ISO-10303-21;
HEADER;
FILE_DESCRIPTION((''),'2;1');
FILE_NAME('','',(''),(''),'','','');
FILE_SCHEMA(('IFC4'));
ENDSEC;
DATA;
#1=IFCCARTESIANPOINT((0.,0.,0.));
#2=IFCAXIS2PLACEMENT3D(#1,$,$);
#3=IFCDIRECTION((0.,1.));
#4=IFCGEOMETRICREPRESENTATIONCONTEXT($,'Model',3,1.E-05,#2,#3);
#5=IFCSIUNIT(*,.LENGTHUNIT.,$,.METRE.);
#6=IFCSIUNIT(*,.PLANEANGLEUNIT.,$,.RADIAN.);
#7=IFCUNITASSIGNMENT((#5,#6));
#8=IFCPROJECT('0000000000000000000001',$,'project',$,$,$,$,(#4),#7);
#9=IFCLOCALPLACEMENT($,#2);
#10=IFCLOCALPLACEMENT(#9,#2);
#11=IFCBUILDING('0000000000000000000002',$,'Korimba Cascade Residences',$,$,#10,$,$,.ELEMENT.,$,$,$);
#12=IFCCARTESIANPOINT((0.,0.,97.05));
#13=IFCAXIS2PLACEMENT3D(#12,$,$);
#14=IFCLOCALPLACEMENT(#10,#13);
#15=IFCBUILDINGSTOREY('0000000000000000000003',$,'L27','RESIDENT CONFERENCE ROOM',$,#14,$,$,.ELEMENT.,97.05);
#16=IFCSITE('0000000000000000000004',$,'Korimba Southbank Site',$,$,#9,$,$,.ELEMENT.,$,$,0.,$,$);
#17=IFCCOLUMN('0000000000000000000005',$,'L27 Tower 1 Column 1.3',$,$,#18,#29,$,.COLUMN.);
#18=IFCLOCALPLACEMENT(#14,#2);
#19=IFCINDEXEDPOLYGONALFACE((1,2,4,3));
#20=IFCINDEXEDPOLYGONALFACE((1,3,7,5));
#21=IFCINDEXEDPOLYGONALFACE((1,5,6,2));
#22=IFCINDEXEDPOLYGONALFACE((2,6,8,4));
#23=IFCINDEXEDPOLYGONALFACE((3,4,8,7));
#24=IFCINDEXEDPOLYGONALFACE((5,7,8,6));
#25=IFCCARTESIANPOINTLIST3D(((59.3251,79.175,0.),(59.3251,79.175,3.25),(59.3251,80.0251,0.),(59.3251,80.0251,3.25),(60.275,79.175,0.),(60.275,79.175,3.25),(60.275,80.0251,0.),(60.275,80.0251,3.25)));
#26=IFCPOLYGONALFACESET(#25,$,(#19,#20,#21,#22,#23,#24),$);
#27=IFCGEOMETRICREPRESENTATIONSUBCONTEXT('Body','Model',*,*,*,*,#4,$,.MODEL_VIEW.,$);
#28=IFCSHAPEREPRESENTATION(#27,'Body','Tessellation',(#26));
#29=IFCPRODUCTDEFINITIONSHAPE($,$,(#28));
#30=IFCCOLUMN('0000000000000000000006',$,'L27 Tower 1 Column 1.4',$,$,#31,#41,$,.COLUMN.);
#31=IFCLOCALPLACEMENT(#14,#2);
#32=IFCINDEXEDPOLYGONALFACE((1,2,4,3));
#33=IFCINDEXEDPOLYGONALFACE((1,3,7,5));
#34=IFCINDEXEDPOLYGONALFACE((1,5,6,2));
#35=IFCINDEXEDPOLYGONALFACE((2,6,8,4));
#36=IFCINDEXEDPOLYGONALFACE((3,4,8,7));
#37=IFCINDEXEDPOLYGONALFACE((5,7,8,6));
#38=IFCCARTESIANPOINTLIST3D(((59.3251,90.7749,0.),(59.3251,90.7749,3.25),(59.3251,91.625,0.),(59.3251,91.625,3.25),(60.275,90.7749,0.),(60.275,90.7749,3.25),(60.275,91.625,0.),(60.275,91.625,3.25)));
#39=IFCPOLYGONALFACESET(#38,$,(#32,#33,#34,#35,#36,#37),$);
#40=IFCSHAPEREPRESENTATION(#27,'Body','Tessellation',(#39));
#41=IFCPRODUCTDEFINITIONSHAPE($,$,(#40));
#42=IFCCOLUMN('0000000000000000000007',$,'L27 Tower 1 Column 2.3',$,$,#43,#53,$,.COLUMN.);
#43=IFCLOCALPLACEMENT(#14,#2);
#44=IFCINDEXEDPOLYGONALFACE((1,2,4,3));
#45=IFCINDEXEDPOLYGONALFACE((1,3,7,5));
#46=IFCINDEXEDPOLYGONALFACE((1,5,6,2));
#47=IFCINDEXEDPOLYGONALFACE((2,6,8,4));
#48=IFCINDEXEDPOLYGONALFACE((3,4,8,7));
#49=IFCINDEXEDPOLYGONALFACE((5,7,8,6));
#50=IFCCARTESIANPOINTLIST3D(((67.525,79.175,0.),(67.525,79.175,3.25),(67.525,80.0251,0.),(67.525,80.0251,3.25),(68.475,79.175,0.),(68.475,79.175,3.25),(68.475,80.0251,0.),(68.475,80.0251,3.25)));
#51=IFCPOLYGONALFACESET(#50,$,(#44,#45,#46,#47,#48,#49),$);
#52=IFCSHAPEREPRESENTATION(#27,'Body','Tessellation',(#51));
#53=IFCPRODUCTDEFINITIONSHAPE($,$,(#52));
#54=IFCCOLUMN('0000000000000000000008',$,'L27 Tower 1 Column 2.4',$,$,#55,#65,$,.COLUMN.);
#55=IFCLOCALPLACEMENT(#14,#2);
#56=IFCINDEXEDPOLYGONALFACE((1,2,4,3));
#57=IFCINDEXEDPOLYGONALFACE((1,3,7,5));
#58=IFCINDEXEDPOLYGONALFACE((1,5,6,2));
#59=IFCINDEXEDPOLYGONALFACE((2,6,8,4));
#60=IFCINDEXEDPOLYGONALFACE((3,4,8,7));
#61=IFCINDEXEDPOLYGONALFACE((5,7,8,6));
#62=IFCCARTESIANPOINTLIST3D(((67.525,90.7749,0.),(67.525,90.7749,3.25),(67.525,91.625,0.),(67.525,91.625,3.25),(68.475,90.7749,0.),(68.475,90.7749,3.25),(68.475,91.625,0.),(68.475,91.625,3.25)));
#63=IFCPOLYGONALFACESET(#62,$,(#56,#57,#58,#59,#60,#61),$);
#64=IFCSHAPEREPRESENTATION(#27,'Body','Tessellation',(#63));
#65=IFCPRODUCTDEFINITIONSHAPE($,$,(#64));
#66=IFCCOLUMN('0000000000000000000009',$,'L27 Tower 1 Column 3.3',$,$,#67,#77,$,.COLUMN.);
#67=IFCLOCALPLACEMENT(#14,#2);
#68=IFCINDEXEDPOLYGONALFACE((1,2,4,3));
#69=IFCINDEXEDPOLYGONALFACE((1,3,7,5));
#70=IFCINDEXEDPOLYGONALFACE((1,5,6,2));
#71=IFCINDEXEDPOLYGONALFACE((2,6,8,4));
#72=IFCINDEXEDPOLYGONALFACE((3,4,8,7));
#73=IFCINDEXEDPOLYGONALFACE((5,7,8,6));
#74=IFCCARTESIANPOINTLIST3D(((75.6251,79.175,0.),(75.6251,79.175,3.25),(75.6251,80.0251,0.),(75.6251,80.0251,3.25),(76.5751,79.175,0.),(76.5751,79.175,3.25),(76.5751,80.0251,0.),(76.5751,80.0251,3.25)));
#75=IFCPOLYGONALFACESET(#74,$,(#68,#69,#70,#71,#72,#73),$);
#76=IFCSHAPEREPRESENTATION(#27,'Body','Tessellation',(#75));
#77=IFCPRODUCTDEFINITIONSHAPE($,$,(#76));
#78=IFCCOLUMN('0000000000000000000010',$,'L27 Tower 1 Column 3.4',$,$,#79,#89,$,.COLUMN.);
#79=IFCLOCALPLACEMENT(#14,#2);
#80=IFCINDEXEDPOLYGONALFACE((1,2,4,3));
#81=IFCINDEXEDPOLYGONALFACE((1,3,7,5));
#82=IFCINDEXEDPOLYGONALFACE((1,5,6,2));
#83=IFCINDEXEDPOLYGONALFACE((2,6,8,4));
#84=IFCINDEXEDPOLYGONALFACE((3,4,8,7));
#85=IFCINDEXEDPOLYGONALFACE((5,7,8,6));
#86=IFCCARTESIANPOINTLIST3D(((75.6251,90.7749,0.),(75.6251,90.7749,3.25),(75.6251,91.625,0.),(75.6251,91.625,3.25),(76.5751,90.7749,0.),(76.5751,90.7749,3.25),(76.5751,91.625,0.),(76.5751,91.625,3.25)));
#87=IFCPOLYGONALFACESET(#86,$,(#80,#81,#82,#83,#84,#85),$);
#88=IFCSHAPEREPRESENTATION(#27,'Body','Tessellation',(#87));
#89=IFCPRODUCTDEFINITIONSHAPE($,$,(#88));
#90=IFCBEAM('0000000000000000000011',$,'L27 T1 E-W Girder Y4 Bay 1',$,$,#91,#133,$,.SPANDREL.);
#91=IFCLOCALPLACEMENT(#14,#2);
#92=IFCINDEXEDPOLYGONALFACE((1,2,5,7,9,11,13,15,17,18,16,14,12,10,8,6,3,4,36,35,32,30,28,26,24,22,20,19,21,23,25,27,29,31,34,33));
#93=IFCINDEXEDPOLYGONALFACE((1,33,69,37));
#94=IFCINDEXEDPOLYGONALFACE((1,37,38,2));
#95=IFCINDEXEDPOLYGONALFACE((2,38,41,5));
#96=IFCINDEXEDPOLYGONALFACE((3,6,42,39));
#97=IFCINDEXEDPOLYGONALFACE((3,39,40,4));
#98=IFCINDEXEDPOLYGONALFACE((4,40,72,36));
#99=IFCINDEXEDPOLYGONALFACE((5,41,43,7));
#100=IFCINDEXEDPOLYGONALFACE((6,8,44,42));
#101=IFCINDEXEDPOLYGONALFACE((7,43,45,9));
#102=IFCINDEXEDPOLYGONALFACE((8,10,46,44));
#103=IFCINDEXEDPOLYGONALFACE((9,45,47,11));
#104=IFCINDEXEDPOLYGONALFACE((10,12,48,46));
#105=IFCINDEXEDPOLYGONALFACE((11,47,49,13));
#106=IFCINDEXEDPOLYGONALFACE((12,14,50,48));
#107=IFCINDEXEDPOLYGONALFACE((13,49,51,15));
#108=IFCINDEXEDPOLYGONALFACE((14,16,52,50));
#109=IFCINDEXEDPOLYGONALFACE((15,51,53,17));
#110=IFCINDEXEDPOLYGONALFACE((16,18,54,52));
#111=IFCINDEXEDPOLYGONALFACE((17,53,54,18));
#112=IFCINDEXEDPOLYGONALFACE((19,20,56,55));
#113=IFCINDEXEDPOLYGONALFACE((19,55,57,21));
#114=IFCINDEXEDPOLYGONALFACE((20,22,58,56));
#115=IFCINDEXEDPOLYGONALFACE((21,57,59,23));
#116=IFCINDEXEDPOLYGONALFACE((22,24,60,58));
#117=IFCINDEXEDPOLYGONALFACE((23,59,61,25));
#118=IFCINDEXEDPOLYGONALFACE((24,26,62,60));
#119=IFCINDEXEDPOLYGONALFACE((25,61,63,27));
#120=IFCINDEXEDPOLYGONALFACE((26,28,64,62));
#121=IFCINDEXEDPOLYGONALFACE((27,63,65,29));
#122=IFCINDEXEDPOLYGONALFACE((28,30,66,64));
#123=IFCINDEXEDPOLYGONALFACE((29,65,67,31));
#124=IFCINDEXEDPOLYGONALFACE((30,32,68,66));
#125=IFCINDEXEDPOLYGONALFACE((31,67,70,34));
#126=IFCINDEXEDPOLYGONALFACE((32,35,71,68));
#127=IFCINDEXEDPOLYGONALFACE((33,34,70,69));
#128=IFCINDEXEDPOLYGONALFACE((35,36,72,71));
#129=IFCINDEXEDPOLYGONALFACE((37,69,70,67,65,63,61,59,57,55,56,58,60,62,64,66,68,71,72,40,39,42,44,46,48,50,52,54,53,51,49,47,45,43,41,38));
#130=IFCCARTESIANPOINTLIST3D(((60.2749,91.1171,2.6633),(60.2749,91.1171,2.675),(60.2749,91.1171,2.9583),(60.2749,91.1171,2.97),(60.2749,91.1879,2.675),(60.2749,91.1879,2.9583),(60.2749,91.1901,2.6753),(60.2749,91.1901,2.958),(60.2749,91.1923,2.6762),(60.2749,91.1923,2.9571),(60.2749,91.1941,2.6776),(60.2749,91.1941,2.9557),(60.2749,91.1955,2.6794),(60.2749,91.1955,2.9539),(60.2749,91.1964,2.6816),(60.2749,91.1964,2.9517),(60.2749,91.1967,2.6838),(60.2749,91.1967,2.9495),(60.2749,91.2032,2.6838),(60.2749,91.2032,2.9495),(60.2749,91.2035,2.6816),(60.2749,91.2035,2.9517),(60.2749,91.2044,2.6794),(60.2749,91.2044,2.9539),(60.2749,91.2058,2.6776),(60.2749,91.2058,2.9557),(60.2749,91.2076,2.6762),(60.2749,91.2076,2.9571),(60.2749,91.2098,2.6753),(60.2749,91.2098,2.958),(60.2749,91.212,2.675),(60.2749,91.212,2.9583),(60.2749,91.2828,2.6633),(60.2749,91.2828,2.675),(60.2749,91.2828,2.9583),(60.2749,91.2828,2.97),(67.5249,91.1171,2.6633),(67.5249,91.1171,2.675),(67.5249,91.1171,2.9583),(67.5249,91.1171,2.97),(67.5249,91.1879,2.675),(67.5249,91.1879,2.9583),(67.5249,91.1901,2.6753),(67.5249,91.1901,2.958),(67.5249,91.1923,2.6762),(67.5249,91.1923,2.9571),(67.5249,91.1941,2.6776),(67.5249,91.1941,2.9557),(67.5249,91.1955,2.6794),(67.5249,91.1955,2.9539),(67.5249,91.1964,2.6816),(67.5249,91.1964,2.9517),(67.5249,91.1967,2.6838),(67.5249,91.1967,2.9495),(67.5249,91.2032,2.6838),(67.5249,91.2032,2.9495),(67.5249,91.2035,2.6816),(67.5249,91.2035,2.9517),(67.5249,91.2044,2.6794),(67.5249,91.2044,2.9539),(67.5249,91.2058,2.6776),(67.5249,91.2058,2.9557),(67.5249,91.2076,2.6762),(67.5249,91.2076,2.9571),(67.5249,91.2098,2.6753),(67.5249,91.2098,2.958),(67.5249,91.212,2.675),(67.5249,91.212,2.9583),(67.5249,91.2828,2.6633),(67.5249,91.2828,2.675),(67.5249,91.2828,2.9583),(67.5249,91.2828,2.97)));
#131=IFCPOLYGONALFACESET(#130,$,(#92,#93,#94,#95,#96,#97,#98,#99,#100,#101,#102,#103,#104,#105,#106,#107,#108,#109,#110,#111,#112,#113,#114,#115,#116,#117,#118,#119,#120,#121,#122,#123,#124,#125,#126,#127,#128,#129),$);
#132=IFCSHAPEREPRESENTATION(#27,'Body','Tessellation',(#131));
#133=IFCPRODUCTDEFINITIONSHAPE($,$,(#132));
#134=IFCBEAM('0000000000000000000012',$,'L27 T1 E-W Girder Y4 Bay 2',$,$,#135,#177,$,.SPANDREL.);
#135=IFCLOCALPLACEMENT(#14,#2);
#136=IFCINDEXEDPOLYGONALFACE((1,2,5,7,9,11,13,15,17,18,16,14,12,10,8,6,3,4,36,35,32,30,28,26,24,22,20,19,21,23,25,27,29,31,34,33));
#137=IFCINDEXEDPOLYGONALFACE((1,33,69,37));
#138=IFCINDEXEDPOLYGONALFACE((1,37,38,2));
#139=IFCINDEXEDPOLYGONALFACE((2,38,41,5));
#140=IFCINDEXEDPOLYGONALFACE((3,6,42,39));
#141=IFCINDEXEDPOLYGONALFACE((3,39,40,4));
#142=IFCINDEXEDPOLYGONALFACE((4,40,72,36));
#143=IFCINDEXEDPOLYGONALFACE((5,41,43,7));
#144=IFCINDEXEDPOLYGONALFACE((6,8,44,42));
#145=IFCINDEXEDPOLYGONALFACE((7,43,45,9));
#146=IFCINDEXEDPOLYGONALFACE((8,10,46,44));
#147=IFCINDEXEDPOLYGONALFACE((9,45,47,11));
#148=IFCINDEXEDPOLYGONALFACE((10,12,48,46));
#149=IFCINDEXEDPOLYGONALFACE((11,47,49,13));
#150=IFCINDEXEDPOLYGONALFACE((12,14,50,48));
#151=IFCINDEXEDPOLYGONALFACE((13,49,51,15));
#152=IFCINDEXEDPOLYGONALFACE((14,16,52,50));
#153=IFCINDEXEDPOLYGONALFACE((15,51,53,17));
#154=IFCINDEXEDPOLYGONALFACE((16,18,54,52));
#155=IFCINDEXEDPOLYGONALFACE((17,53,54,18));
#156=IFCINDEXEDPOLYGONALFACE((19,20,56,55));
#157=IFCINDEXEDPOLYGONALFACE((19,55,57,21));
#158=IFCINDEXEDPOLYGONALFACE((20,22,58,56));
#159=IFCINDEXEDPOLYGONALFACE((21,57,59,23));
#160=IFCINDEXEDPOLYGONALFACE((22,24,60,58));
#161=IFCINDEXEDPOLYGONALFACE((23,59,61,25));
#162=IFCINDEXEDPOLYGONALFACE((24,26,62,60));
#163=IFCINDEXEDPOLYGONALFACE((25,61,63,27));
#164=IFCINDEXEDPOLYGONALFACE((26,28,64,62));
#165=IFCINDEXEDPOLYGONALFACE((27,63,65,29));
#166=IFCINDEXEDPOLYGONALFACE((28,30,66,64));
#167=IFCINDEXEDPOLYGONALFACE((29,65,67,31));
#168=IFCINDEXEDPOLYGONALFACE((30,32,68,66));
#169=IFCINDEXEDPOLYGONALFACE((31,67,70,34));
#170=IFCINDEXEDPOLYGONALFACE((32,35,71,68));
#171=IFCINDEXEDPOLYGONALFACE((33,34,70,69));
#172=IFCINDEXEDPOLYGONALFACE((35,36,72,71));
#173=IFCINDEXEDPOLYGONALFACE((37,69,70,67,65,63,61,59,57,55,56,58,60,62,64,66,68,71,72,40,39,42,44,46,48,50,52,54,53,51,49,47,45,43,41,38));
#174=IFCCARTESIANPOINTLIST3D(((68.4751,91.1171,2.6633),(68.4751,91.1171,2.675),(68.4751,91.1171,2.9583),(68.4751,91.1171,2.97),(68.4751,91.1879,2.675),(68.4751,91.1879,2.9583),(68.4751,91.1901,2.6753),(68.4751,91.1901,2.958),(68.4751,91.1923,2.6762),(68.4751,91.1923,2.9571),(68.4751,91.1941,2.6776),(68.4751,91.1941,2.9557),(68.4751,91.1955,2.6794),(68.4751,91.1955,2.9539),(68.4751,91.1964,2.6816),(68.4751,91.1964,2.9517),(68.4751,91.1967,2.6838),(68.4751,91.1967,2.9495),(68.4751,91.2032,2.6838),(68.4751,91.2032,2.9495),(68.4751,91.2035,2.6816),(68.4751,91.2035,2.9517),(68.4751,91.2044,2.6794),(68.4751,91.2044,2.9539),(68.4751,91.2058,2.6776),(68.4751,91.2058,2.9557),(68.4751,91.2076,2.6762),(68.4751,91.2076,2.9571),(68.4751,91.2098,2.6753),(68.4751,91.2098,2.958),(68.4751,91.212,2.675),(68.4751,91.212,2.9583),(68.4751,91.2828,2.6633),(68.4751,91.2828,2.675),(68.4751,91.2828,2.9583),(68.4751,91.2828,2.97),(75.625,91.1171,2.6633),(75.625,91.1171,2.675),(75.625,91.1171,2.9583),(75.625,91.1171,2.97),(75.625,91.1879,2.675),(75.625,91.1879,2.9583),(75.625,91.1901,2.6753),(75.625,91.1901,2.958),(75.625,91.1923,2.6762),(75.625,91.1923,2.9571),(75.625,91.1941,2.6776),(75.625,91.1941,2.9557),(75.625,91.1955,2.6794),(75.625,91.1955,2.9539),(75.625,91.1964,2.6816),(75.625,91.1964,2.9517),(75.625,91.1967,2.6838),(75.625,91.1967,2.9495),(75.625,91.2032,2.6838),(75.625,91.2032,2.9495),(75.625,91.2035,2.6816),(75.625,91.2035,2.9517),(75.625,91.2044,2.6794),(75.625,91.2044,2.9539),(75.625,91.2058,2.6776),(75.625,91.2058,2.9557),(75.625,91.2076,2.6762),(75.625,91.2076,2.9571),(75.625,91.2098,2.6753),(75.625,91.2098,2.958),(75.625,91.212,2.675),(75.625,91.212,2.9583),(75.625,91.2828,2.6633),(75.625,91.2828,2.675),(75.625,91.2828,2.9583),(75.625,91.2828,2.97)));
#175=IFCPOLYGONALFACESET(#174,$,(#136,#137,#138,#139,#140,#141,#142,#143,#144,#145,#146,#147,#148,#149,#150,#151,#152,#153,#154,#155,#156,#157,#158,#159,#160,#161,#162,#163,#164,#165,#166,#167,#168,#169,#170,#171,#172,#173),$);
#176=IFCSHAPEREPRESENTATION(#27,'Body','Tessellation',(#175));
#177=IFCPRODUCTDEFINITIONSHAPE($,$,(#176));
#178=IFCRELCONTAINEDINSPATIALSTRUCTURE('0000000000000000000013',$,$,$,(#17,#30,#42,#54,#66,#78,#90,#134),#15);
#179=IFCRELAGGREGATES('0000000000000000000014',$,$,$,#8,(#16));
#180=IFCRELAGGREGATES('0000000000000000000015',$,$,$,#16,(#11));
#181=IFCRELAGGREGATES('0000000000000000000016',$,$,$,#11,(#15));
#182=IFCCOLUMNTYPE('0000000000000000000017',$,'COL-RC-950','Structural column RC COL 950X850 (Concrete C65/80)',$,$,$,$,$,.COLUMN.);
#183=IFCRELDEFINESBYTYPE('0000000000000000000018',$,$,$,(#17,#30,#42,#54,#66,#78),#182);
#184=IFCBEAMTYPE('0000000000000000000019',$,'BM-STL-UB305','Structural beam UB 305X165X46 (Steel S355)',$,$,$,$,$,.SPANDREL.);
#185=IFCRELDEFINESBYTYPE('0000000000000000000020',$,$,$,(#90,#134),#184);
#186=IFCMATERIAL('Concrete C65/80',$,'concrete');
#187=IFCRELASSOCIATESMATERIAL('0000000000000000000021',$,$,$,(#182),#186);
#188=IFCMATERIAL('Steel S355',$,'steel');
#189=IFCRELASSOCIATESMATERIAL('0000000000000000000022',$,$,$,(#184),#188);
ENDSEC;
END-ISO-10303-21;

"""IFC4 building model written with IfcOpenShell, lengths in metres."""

from ifc_helpers import new_model, si_unit, direction, frame, origin, origin_2d, place, context, subcontext, project, spatial, rectangle, i_section, extrude, material, material_profile, profile_set, type_object, element, save


model = new_model("IFC4")

# Units and contexts
model_context = context("Model", 3, precision=1e-05, world=origin(), true_north=direction((0.0, 1.0)))
body_context = subcontext(model_context, "Body", "Model", "MODEL_VIEW")
ifc_project = project(units=[si_unit("LENGTHUNIT", "METRE"), si_unit("PLANEANGLEUNIT", "RADIAN")], contexts=[model_context])

# Site, building, storey
site_placement = place(None, origin())
site = spatial("IfcSite", under=ifc_project, at=site_placement, Name="Korimba Southbank Site", CompositionType="ELEMENT", RefElevation=0.0)
building_placement = place(site_placement, origin())
building = spatial("IfcBuilding", under=site, at=building_placement, Name="Korimba Cascade Residences", CompositionType="ELEMENT")
storey_placement = place(building_placement, frame((0.0, 0.0, 97.05)))
storey = spatial("IfcBuildingStorey", under=building, at=storey_placement, Name="L27", Description="RESIDENT CONFERENCE ROOM", CompositionType="ELEMENT", Elevation=97.05)

# Columns
ifc_material_1 = material(Name="Concrete C65/80", Category="concrete")
ifc_material_profile_1 = material_profile(ifc_material_1, rectangle(XDim=0.95, YDim=0.8501, at=origin_2d()), Name="Concrete C65/80")
ifc_profile_set_1 = profile_set([ifc_material_profile_1], Name="Concrete C65/80")
column_type = type_object("IfcColumnType", Name="COL-RC-950", Description="Structural column RC COL 950X850 (Concrete C65/80)", PredefinedType="COLUMN", material=ifc_profile_set_1)
for number, where, z_axis, x_axis, name in (
    (1, (59.8, 79.6001, 0.0), (0.0, 0.0, 1.0), (1.0, 0.0, 0.0), "L27 Tower 1 Column 1.3"),
    (2, (59.8, 91.2, 0.0), (0.0, 0.0, 1.0), (1.0, 0.0, 0.0), "L27 Tower 1 Column 1.4"),
    (3, (68.0, 79.6001, 0.0), (0.0, 0.0, 1.0), (1.0, 0.0, 0.0), "L27 Tower 1 Column 2.3"),
    (4, (68.0, 91.2, 0.0), (0.0, 0.0, 1.0), (1.0, 0.0, 0.0), "L27 Tower 1 Column 2.4"),
    (5, (76.1001, 79.6001, 0.0), (0.0, 0.0, 1.0), (1.0, 0.0, 0.0), "L27 Tower 1 Column 3.3"),
    (6, (76.1001, 91.2, 0.0), (0.0, 0.0, 1.0), (1.0, 0.0, 0.0), "L27 Tower 1 Column 3.4"),
):
    element("IfcColumn", number, at=place(storey_placement, frame(where, z_axis=z_axis, x_axis=x_axis)), inside=storey, type_object=column_type, Name=name, PredefinedType="COLUMN", context=body_context, shape_type="SweptSolid", body=[
        extrude(rectangle(XDim=0.95, YDim=0.8501, at=origin_2d()), origin(), (0.0, 0.0, 1.0), 3.25),
    ])

# Beams
ifc_material_2 = material(Name="Steel S355", Category="steel")
ifc_material_profile_2 = material_profile(ifc_material_2, i_section(OverallWidth=0.1658, OverallDepth=0.3066, WebThickness=0.0066, FlangeThickness=0.0117, FilletRadius=0.0088, at=origin_2d()), Name="Steel S355")
ifc_profile_set_2 = profile_set([ifc_material_profile_2], Name="Steel S355")
beam_type_1 = type_object("IfcBeamType", Name="BM-STL-UB305", Description="Structural beam UB 305X165X46 (Steel S355)", PredefinedType="SPANDREL", material=ifc_profile_set_2)
beam_1_placement = place(storey_placement, frame((60.2749, 91.2, 2.8167), z_axis=(1.0, 0.0, 0.0), x_axis=(0.0, 1.0, 0.0)))
element("IfcBeam", 7, at=beam_1_placement, inside=storey, type_object=beam_type_1, Name="L27 T1 E-W Girder Y4 Bay 1", PredefinedType="SPANDREL", context=body_context, shape_type="SweptSolid", body=[
    extrude(i_section(OverallWidth=0.1658, OverallDepth=0.3066, WebThickness=0.0066, FlangeThickness=0.0117, FilletRadius=0.0088, at=origin_2d()), origin(), (0.0, 0.0, 1.0), 7.25),
])
beam_2_placement = place(storey_placement, frame((68.4751, 91.2, 2.8167), z_axis=(1.0, 0.0, 0.0), x_axis=(0.0, 1.0, 0.0)))
element("IfcBeam", 8, at=beam_2_placement, inside=storey, type_object=beam_type_1, Name="L27 T1 E-W Girder Y4 Bay 2", PredefinedType="SPANDREL", context=body_context, shape_type="SweptSolid", body=[
    extrude(i_section(OverallWidth=0.1658, OverallDepth=0.3066, WebThickness=0.0066, FlangeThickness=0.0117, FilletRadius=0.0088, at=origin_2d()), origin(), (0.0, 0.0, 1.0), 7.1499),
])

save(model, "model.ifc")
